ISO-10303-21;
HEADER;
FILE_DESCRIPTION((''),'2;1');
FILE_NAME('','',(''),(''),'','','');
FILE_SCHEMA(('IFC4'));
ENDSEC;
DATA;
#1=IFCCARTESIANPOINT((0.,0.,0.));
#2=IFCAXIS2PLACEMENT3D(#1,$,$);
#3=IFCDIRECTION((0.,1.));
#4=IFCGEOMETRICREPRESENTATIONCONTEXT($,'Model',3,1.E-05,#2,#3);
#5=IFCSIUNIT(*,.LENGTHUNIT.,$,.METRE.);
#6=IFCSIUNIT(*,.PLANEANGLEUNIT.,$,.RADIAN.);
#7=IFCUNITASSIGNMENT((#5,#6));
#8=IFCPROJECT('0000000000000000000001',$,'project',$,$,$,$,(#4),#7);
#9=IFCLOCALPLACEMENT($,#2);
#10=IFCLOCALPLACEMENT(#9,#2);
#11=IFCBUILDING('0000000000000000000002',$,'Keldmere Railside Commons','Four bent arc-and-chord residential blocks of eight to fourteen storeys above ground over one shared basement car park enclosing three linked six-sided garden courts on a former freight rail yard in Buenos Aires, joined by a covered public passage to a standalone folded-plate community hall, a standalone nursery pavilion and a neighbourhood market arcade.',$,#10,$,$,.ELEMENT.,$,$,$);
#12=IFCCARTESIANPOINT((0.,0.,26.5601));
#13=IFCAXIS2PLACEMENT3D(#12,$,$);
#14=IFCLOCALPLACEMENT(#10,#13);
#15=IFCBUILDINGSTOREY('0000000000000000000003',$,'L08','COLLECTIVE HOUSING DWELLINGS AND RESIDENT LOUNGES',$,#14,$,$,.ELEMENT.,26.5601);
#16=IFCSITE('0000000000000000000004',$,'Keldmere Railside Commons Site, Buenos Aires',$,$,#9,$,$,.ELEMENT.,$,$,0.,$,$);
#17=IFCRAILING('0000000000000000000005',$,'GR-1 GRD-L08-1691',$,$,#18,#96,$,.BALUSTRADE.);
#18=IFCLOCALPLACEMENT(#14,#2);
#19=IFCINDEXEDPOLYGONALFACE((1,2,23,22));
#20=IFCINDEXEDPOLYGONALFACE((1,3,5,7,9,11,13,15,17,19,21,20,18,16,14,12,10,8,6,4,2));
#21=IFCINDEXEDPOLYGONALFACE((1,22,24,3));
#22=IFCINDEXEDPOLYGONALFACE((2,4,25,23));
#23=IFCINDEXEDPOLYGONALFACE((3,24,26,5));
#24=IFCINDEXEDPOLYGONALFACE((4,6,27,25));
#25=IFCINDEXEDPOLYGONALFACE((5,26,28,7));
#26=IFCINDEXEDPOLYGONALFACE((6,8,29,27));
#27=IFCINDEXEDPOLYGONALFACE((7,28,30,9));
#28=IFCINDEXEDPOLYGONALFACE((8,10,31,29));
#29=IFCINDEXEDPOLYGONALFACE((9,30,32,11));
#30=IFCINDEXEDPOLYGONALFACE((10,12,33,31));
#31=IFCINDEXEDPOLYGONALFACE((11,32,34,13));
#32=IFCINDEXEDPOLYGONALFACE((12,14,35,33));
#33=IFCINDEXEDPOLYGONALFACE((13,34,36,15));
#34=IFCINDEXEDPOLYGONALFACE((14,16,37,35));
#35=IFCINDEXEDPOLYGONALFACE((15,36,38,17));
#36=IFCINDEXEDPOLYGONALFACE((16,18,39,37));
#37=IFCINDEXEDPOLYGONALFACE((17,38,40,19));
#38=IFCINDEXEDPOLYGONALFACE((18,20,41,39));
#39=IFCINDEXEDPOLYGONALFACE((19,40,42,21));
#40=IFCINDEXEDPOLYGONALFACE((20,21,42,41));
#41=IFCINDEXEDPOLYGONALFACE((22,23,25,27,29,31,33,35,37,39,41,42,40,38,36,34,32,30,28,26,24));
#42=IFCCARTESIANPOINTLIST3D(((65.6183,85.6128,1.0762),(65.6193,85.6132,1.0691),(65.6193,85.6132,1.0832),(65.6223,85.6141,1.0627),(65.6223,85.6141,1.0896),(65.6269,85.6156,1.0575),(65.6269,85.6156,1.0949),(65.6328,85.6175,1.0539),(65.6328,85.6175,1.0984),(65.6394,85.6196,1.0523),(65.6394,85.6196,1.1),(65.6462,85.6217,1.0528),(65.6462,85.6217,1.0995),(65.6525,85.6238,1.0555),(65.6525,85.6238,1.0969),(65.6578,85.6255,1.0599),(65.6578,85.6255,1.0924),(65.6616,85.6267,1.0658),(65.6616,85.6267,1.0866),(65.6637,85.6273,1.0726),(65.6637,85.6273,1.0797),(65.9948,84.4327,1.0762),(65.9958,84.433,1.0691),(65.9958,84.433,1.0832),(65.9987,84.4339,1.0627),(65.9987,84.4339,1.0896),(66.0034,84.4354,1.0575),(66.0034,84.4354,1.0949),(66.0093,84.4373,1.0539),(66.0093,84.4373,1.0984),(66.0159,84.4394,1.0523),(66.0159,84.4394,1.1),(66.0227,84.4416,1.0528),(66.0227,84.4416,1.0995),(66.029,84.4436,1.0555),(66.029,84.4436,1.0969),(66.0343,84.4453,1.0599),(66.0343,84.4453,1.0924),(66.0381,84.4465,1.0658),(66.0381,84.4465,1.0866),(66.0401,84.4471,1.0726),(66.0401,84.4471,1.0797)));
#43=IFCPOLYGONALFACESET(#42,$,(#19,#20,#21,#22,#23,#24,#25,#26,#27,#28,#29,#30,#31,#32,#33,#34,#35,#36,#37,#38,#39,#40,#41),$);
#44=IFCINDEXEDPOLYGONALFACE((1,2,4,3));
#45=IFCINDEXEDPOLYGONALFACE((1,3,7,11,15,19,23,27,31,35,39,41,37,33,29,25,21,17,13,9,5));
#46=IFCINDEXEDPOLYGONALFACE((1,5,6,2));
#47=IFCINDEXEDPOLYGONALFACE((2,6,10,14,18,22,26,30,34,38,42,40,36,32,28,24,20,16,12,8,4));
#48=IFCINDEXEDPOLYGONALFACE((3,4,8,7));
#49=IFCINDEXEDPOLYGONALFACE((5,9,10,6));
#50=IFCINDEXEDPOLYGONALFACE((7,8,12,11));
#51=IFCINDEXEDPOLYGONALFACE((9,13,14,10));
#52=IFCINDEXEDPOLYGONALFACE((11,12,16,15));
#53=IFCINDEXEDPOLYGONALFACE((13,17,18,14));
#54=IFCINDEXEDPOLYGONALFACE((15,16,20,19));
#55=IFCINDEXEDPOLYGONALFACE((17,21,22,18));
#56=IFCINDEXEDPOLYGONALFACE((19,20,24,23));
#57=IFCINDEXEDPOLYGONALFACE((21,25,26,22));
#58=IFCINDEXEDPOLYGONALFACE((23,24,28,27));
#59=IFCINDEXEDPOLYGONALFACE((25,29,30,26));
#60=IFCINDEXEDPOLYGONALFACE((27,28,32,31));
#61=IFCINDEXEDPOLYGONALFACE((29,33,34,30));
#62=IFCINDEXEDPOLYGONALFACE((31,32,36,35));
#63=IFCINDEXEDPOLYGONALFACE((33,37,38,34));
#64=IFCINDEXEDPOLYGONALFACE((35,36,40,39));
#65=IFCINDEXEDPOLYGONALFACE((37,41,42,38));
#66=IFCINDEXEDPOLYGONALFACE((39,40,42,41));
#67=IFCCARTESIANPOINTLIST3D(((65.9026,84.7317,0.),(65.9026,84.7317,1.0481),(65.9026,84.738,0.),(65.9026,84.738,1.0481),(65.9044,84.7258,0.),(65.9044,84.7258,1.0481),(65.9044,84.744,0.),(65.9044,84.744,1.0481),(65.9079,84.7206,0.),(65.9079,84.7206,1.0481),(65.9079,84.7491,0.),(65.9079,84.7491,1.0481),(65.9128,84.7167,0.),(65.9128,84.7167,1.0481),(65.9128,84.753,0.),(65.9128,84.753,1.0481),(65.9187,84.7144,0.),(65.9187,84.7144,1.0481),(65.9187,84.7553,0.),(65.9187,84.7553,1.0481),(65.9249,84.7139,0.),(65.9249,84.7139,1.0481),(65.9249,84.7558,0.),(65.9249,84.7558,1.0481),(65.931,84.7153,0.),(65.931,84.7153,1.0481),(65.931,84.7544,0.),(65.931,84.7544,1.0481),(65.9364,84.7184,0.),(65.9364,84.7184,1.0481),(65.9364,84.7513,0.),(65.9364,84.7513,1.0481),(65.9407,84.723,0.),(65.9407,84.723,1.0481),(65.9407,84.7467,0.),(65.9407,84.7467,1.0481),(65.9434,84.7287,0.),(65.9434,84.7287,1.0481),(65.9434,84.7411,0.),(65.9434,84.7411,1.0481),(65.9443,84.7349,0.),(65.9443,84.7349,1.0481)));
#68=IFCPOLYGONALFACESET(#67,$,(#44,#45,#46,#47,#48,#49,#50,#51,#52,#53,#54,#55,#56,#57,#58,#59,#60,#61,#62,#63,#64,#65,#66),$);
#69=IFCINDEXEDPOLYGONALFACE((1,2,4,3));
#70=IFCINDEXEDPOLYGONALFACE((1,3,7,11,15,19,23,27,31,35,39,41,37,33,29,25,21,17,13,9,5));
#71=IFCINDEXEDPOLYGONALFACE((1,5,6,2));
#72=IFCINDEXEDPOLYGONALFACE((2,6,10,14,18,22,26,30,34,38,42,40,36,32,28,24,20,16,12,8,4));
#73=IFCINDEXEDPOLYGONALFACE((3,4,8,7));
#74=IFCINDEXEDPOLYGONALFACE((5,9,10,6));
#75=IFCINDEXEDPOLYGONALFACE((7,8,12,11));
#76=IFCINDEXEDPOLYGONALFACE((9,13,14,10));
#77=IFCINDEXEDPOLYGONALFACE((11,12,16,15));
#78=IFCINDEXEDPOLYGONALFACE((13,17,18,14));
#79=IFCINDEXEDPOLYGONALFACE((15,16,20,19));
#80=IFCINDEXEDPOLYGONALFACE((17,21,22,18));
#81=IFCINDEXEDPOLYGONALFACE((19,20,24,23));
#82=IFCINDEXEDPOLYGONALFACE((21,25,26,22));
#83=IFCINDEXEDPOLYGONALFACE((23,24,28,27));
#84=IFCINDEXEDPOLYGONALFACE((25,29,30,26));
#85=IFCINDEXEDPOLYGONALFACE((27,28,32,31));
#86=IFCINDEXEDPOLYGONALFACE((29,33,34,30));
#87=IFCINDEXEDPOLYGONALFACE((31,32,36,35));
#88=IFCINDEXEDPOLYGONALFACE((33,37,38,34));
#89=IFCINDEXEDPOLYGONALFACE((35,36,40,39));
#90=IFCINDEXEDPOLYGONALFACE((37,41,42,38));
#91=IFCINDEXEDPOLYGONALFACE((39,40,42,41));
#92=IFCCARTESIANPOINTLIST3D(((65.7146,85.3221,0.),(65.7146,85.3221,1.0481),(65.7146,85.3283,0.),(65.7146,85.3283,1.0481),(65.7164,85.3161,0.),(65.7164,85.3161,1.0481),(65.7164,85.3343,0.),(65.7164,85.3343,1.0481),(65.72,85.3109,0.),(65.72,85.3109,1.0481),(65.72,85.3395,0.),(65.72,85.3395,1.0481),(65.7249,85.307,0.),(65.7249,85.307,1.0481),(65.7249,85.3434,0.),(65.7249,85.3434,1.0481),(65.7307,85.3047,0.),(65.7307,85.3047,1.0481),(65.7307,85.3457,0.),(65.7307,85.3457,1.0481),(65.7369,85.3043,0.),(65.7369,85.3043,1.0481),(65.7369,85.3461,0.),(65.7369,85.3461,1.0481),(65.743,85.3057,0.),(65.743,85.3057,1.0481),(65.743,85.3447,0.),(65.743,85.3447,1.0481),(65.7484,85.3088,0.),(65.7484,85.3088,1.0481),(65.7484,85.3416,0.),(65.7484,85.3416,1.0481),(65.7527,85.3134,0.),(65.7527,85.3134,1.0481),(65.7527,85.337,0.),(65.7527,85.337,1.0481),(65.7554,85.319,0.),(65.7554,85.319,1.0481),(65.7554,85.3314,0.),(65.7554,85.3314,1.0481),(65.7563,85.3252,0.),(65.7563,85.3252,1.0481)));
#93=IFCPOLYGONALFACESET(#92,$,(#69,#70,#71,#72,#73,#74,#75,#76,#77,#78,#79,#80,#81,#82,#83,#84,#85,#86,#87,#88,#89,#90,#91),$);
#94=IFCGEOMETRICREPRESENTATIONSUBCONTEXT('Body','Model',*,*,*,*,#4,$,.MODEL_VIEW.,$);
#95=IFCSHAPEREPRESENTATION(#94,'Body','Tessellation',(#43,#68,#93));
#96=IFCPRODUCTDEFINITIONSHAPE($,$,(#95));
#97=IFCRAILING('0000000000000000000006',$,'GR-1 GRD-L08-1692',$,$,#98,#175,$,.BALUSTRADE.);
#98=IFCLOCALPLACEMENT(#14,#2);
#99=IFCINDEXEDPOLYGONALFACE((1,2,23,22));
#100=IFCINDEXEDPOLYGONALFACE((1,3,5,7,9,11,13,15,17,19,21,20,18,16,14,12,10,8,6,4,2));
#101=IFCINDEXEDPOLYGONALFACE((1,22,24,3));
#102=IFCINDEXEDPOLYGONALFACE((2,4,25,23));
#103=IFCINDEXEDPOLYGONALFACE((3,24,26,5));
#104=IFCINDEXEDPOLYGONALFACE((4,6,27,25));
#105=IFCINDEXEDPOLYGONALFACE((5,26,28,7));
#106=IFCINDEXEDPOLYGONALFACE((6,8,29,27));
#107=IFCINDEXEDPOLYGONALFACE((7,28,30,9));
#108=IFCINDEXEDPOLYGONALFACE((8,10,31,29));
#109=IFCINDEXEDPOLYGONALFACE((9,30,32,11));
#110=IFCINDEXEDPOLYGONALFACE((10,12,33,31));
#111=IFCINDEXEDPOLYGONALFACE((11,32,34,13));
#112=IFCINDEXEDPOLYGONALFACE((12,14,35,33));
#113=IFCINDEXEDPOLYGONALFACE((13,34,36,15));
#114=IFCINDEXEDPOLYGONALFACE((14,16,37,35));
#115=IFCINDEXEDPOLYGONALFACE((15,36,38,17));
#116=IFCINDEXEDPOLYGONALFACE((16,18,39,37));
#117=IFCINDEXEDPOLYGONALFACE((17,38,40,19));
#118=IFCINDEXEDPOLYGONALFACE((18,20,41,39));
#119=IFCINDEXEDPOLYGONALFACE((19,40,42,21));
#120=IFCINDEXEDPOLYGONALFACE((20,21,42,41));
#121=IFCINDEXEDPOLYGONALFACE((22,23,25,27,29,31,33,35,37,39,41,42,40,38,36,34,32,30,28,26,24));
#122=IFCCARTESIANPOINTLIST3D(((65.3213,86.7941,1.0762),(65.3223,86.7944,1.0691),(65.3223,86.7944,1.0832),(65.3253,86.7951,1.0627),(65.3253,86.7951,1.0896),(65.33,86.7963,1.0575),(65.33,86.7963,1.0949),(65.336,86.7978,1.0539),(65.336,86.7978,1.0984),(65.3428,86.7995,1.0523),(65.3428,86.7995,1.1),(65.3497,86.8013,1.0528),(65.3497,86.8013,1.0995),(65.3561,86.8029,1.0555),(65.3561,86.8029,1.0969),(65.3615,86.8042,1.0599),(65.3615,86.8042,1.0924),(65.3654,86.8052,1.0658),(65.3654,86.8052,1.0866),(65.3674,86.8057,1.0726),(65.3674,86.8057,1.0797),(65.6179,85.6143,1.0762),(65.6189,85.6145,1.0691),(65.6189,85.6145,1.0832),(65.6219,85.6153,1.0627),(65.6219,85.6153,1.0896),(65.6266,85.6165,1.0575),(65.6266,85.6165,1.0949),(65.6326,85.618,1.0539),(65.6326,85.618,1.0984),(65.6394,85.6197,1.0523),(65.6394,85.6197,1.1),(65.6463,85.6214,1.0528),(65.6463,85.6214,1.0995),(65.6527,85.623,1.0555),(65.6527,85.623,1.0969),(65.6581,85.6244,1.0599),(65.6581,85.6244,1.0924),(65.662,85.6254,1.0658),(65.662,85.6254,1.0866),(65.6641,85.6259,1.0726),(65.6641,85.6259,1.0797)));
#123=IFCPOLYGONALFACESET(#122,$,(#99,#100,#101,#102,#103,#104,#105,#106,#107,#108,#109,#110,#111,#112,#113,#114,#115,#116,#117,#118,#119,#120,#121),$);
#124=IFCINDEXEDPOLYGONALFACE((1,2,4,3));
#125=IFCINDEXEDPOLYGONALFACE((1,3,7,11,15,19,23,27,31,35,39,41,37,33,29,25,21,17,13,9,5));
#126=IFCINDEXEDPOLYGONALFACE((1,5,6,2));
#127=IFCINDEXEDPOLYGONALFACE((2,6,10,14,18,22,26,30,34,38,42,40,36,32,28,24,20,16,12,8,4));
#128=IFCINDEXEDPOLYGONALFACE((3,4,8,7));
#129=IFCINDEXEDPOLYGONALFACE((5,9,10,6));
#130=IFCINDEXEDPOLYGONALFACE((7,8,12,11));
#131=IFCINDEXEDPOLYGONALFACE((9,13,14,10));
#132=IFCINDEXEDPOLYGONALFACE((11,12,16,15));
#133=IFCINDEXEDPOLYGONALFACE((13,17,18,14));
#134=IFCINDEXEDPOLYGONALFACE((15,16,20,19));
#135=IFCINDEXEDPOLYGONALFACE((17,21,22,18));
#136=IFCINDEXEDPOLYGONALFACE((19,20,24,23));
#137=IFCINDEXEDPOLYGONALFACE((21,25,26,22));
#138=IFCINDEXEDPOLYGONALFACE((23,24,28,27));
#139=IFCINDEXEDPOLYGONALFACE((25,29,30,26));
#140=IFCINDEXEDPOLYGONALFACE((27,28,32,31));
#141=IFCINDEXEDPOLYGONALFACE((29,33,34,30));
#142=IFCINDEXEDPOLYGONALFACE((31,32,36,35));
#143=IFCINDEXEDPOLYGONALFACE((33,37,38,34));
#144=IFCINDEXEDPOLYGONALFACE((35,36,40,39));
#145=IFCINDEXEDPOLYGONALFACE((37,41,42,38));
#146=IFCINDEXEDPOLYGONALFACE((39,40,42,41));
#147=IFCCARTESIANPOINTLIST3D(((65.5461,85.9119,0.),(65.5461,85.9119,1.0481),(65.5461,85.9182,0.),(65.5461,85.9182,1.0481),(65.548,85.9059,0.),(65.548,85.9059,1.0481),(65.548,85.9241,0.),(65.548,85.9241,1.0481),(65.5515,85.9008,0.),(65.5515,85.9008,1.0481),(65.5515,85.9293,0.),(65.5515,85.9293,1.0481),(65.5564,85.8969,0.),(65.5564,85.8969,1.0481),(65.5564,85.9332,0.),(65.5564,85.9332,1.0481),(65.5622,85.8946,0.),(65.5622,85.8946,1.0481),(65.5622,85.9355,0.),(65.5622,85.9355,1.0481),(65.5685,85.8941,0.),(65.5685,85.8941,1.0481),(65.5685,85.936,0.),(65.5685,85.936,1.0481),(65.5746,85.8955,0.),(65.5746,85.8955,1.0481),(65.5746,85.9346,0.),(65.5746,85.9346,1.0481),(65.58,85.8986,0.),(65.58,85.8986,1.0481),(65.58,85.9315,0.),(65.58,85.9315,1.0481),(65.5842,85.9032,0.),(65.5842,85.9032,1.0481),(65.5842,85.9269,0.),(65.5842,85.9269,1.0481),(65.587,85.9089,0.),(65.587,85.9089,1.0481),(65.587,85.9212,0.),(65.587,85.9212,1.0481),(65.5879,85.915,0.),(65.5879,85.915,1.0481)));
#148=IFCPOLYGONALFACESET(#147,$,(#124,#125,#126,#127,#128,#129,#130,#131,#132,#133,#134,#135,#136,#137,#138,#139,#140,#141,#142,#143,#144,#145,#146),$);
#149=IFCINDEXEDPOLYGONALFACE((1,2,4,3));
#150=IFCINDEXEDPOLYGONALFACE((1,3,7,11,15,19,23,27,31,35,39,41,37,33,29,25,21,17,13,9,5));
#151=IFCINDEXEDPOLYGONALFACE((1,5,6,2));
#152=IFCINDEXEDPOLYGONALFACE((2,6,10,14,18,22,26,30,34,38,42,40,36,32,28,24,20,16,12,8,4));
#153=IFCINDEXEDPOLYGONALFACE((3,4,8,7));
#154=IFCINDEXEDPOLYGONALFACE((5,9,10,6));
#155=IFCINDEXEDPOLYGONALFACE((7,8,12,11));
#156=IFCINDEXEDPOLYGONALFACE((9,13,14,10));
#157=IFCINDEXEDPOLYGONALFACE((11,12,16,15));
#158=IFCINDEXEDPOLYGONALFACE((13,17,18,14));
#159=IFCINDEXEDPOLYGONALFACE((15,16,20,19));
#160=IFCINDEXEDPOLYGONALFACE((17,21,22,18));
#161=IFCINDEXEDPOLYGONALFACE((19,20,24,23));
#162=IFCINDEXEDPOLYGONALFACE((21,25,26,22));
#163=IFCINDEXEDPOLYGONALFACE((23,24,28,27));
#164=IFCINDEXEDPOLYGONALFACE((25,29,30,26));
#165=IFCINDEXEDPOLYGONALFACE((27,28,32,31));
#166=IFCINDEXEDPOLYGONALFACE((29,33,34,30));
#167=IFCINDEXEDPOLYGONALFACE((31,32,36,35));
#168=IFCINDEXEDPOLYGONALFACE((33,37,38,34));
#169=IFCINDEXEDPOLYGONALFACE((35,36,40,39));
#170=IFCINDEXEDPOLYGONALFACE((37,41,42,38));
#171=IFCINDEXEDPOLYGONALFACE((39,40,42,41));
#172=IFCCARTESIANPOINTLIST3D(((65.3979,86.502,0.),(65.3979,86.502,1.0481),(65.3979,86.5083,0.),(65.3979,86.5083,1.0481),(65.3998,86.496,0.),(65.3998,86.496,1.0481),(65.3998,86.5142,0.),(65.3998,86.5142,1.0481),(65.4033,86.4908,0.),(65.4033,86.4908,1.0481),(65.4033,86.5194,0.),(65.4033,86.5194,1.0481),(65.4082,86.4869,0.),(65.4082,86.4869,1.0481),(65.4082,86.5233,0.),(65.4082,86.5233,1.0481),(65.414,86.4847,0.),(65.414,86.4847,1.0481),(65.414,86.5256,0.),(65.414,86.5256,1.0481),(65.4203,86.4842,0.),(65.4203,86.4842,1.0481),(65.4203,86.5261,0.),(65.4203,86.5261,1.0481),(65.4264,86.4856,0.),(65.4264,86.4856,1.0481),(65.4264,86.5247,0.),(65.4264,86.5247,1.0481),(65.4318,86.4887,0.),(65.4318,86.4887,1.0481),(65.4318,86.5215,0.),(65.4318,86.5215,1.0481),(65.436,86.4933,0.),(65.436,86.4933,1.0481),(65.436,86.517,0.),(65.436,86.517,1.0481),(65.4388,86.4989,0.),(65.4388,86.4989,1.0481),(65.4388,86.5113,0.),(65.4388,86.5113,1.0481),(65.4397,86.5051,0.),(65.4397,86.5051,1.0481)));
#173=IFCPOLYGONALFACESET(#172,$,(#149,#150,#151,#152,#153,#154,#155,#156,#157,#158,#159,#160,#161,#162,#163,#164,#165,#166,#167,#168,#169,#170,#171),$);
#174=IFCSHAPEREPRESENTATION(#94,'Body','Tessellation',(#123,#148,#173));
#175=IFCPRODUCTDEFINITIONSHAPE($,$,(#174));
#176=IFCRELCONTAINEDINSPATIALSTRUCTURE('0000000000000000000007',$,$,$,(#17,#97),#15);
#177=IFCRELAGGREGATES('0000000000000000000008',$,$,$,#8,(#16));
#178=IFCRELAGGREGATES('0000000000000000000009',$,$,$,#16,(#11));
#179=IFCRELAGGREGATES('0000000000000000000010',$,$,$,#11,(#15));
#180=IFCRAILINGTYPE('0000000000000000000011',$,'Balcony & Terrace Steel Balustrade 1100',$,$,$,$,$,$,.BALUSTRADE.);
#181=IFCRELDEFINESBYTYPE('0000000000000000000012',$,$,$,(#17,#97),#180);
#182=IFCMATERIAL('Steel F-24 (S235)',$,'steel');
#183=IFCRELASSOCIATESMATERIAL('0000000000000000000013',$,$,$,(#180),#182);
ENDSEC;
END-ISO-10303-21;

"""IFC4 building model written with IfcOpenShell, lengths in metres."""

from ifc_helpers import new_model, si_unit, direction, frame, origin, origin_2d, place, context, subcontext, project, spatial, circle, extrude, material, type_object, element, save


model = new_model("IFC4")

# Units and contexts
model_context = context("Model", 3, precision=1e-05, world=origin(), true_north=direction((0.0, 1.0)))
body_context = subcontext(model_context, "Body", "Model", "MODEL_VIEW")
ifc_project = project(units=[si_unit("LENGTHUNIT", "METRE"), si_unit("PLANEANGLEUNIT", "RADIAN")], contexts=[model_context])

# Site, building, storey
site_placement = place(None, origin())
site = spatial("IfcSite", under=ifc_project, at=site_placement, Name="Keldmere Railside Commons Site, Buenos Aires", CompositionType="ELEMENT", RefElevation=0.0)
building_placement = place(site_placement, origin())
building = spatial("IfcBuilding", under=site, at=building_placement, Name="Keldmere Railside Commons", Description="Four bent arc-and-chord residential blocks of eight to fourteen storeys above ground over one shared basement car park enclosing three linked six-sided garden courts on a former freight rail yard in Buenos Aires, joined by a covered public passage to a standalone folded-plate community hall, a standalone nursery pavilion and a neighbourhood market arcade.", CompositionType="ELEMENT")
storey_placement = place(building_placement, frame((0.0, 0.0, 26.5601)))
storey = spatial("IfcBuildingStorey", under=building, at=storey_placement, Name="L08", Description="COLLECTIVE HOUSING DWELLINGS AND RESIDENT LOUNGES", CompositionType="ELEMENT", Elevation=26.5601)

# Railings
ifc_material_1 = material(Name="Steel F-24 (S235)", Category="steel")
railing_type = type_object("IfcRailingType", Name="Balcony & Terrace Steel Balustrade 1100", PredefinedType="BALUSTRADE", material=ifc_material_1)
railing_1_placement = place(storey_placement, frame((66.0176, 84.4399, 0.0)))
element("IfcRailing", 1, at=railing_1_placement, inside=storey, type_object=railing_type, Name="GR-1 GRD-L08-1691", PredefinedType="BALUSTRADE", context=body_context, shape_type="SweptSolid", body=[
    extrude(circle(Radius=0.0239, at=origin_2d()), frame((0.0, 0.0, 1.0762), z_axis=(-0.303903, 0.952703, 0.0), x_axis=(-0.952703, -0.303903, 0.0)), (0.0, 0.0, 1.0), 1.2388),
    extrude(circle(Radius=0.021, at=origin_2d()), frame((-0.0942, 0.2949, 0.0)), (0.0, 0.0, 1.0), 1.0481),
    extrude(circle(Radius=0.021, at=origin_2d()), frame((-0.2822, 0.8853, 0.0)), (0.0, 0.0, 1.0), 1.0481),
])
railing_2_placement = place(storey_placement, frame((65.6411, 85.6201, 0.0)))
element("IfcRailing", 2, at=railing_2_placement, inside=storey, type_object=railing_type, Name="GR-1 GRD-L08-1692", PredefinedType="BALUSTRADE", context=body_context, shape_type="SweptSolid", body=[
    extrude(circle(Radius=0.0239, at=origin_2d()), frame((0.0, 0.0, 1.0762), z_axis=(-0.24381, 0.969823, 0.0), x_axis=(-0.969823, -0.24381, 0.0)), (0.0, 0.0, 1.0), 1.2166),
    extrude(circle(Radius=0.021, at=origin_2d()), frame((-0.0742, 0.2949, 0.0)), (0.0, 0.0, 1.0), 1.0481),
    extrude(circle(Radius=0.021, at=origin_2d()), frame((-0.2224, 0.885, 0.0)), (0.0, 0.0, 1.0), 1.0481),
])

save(model, "model.ifc")
